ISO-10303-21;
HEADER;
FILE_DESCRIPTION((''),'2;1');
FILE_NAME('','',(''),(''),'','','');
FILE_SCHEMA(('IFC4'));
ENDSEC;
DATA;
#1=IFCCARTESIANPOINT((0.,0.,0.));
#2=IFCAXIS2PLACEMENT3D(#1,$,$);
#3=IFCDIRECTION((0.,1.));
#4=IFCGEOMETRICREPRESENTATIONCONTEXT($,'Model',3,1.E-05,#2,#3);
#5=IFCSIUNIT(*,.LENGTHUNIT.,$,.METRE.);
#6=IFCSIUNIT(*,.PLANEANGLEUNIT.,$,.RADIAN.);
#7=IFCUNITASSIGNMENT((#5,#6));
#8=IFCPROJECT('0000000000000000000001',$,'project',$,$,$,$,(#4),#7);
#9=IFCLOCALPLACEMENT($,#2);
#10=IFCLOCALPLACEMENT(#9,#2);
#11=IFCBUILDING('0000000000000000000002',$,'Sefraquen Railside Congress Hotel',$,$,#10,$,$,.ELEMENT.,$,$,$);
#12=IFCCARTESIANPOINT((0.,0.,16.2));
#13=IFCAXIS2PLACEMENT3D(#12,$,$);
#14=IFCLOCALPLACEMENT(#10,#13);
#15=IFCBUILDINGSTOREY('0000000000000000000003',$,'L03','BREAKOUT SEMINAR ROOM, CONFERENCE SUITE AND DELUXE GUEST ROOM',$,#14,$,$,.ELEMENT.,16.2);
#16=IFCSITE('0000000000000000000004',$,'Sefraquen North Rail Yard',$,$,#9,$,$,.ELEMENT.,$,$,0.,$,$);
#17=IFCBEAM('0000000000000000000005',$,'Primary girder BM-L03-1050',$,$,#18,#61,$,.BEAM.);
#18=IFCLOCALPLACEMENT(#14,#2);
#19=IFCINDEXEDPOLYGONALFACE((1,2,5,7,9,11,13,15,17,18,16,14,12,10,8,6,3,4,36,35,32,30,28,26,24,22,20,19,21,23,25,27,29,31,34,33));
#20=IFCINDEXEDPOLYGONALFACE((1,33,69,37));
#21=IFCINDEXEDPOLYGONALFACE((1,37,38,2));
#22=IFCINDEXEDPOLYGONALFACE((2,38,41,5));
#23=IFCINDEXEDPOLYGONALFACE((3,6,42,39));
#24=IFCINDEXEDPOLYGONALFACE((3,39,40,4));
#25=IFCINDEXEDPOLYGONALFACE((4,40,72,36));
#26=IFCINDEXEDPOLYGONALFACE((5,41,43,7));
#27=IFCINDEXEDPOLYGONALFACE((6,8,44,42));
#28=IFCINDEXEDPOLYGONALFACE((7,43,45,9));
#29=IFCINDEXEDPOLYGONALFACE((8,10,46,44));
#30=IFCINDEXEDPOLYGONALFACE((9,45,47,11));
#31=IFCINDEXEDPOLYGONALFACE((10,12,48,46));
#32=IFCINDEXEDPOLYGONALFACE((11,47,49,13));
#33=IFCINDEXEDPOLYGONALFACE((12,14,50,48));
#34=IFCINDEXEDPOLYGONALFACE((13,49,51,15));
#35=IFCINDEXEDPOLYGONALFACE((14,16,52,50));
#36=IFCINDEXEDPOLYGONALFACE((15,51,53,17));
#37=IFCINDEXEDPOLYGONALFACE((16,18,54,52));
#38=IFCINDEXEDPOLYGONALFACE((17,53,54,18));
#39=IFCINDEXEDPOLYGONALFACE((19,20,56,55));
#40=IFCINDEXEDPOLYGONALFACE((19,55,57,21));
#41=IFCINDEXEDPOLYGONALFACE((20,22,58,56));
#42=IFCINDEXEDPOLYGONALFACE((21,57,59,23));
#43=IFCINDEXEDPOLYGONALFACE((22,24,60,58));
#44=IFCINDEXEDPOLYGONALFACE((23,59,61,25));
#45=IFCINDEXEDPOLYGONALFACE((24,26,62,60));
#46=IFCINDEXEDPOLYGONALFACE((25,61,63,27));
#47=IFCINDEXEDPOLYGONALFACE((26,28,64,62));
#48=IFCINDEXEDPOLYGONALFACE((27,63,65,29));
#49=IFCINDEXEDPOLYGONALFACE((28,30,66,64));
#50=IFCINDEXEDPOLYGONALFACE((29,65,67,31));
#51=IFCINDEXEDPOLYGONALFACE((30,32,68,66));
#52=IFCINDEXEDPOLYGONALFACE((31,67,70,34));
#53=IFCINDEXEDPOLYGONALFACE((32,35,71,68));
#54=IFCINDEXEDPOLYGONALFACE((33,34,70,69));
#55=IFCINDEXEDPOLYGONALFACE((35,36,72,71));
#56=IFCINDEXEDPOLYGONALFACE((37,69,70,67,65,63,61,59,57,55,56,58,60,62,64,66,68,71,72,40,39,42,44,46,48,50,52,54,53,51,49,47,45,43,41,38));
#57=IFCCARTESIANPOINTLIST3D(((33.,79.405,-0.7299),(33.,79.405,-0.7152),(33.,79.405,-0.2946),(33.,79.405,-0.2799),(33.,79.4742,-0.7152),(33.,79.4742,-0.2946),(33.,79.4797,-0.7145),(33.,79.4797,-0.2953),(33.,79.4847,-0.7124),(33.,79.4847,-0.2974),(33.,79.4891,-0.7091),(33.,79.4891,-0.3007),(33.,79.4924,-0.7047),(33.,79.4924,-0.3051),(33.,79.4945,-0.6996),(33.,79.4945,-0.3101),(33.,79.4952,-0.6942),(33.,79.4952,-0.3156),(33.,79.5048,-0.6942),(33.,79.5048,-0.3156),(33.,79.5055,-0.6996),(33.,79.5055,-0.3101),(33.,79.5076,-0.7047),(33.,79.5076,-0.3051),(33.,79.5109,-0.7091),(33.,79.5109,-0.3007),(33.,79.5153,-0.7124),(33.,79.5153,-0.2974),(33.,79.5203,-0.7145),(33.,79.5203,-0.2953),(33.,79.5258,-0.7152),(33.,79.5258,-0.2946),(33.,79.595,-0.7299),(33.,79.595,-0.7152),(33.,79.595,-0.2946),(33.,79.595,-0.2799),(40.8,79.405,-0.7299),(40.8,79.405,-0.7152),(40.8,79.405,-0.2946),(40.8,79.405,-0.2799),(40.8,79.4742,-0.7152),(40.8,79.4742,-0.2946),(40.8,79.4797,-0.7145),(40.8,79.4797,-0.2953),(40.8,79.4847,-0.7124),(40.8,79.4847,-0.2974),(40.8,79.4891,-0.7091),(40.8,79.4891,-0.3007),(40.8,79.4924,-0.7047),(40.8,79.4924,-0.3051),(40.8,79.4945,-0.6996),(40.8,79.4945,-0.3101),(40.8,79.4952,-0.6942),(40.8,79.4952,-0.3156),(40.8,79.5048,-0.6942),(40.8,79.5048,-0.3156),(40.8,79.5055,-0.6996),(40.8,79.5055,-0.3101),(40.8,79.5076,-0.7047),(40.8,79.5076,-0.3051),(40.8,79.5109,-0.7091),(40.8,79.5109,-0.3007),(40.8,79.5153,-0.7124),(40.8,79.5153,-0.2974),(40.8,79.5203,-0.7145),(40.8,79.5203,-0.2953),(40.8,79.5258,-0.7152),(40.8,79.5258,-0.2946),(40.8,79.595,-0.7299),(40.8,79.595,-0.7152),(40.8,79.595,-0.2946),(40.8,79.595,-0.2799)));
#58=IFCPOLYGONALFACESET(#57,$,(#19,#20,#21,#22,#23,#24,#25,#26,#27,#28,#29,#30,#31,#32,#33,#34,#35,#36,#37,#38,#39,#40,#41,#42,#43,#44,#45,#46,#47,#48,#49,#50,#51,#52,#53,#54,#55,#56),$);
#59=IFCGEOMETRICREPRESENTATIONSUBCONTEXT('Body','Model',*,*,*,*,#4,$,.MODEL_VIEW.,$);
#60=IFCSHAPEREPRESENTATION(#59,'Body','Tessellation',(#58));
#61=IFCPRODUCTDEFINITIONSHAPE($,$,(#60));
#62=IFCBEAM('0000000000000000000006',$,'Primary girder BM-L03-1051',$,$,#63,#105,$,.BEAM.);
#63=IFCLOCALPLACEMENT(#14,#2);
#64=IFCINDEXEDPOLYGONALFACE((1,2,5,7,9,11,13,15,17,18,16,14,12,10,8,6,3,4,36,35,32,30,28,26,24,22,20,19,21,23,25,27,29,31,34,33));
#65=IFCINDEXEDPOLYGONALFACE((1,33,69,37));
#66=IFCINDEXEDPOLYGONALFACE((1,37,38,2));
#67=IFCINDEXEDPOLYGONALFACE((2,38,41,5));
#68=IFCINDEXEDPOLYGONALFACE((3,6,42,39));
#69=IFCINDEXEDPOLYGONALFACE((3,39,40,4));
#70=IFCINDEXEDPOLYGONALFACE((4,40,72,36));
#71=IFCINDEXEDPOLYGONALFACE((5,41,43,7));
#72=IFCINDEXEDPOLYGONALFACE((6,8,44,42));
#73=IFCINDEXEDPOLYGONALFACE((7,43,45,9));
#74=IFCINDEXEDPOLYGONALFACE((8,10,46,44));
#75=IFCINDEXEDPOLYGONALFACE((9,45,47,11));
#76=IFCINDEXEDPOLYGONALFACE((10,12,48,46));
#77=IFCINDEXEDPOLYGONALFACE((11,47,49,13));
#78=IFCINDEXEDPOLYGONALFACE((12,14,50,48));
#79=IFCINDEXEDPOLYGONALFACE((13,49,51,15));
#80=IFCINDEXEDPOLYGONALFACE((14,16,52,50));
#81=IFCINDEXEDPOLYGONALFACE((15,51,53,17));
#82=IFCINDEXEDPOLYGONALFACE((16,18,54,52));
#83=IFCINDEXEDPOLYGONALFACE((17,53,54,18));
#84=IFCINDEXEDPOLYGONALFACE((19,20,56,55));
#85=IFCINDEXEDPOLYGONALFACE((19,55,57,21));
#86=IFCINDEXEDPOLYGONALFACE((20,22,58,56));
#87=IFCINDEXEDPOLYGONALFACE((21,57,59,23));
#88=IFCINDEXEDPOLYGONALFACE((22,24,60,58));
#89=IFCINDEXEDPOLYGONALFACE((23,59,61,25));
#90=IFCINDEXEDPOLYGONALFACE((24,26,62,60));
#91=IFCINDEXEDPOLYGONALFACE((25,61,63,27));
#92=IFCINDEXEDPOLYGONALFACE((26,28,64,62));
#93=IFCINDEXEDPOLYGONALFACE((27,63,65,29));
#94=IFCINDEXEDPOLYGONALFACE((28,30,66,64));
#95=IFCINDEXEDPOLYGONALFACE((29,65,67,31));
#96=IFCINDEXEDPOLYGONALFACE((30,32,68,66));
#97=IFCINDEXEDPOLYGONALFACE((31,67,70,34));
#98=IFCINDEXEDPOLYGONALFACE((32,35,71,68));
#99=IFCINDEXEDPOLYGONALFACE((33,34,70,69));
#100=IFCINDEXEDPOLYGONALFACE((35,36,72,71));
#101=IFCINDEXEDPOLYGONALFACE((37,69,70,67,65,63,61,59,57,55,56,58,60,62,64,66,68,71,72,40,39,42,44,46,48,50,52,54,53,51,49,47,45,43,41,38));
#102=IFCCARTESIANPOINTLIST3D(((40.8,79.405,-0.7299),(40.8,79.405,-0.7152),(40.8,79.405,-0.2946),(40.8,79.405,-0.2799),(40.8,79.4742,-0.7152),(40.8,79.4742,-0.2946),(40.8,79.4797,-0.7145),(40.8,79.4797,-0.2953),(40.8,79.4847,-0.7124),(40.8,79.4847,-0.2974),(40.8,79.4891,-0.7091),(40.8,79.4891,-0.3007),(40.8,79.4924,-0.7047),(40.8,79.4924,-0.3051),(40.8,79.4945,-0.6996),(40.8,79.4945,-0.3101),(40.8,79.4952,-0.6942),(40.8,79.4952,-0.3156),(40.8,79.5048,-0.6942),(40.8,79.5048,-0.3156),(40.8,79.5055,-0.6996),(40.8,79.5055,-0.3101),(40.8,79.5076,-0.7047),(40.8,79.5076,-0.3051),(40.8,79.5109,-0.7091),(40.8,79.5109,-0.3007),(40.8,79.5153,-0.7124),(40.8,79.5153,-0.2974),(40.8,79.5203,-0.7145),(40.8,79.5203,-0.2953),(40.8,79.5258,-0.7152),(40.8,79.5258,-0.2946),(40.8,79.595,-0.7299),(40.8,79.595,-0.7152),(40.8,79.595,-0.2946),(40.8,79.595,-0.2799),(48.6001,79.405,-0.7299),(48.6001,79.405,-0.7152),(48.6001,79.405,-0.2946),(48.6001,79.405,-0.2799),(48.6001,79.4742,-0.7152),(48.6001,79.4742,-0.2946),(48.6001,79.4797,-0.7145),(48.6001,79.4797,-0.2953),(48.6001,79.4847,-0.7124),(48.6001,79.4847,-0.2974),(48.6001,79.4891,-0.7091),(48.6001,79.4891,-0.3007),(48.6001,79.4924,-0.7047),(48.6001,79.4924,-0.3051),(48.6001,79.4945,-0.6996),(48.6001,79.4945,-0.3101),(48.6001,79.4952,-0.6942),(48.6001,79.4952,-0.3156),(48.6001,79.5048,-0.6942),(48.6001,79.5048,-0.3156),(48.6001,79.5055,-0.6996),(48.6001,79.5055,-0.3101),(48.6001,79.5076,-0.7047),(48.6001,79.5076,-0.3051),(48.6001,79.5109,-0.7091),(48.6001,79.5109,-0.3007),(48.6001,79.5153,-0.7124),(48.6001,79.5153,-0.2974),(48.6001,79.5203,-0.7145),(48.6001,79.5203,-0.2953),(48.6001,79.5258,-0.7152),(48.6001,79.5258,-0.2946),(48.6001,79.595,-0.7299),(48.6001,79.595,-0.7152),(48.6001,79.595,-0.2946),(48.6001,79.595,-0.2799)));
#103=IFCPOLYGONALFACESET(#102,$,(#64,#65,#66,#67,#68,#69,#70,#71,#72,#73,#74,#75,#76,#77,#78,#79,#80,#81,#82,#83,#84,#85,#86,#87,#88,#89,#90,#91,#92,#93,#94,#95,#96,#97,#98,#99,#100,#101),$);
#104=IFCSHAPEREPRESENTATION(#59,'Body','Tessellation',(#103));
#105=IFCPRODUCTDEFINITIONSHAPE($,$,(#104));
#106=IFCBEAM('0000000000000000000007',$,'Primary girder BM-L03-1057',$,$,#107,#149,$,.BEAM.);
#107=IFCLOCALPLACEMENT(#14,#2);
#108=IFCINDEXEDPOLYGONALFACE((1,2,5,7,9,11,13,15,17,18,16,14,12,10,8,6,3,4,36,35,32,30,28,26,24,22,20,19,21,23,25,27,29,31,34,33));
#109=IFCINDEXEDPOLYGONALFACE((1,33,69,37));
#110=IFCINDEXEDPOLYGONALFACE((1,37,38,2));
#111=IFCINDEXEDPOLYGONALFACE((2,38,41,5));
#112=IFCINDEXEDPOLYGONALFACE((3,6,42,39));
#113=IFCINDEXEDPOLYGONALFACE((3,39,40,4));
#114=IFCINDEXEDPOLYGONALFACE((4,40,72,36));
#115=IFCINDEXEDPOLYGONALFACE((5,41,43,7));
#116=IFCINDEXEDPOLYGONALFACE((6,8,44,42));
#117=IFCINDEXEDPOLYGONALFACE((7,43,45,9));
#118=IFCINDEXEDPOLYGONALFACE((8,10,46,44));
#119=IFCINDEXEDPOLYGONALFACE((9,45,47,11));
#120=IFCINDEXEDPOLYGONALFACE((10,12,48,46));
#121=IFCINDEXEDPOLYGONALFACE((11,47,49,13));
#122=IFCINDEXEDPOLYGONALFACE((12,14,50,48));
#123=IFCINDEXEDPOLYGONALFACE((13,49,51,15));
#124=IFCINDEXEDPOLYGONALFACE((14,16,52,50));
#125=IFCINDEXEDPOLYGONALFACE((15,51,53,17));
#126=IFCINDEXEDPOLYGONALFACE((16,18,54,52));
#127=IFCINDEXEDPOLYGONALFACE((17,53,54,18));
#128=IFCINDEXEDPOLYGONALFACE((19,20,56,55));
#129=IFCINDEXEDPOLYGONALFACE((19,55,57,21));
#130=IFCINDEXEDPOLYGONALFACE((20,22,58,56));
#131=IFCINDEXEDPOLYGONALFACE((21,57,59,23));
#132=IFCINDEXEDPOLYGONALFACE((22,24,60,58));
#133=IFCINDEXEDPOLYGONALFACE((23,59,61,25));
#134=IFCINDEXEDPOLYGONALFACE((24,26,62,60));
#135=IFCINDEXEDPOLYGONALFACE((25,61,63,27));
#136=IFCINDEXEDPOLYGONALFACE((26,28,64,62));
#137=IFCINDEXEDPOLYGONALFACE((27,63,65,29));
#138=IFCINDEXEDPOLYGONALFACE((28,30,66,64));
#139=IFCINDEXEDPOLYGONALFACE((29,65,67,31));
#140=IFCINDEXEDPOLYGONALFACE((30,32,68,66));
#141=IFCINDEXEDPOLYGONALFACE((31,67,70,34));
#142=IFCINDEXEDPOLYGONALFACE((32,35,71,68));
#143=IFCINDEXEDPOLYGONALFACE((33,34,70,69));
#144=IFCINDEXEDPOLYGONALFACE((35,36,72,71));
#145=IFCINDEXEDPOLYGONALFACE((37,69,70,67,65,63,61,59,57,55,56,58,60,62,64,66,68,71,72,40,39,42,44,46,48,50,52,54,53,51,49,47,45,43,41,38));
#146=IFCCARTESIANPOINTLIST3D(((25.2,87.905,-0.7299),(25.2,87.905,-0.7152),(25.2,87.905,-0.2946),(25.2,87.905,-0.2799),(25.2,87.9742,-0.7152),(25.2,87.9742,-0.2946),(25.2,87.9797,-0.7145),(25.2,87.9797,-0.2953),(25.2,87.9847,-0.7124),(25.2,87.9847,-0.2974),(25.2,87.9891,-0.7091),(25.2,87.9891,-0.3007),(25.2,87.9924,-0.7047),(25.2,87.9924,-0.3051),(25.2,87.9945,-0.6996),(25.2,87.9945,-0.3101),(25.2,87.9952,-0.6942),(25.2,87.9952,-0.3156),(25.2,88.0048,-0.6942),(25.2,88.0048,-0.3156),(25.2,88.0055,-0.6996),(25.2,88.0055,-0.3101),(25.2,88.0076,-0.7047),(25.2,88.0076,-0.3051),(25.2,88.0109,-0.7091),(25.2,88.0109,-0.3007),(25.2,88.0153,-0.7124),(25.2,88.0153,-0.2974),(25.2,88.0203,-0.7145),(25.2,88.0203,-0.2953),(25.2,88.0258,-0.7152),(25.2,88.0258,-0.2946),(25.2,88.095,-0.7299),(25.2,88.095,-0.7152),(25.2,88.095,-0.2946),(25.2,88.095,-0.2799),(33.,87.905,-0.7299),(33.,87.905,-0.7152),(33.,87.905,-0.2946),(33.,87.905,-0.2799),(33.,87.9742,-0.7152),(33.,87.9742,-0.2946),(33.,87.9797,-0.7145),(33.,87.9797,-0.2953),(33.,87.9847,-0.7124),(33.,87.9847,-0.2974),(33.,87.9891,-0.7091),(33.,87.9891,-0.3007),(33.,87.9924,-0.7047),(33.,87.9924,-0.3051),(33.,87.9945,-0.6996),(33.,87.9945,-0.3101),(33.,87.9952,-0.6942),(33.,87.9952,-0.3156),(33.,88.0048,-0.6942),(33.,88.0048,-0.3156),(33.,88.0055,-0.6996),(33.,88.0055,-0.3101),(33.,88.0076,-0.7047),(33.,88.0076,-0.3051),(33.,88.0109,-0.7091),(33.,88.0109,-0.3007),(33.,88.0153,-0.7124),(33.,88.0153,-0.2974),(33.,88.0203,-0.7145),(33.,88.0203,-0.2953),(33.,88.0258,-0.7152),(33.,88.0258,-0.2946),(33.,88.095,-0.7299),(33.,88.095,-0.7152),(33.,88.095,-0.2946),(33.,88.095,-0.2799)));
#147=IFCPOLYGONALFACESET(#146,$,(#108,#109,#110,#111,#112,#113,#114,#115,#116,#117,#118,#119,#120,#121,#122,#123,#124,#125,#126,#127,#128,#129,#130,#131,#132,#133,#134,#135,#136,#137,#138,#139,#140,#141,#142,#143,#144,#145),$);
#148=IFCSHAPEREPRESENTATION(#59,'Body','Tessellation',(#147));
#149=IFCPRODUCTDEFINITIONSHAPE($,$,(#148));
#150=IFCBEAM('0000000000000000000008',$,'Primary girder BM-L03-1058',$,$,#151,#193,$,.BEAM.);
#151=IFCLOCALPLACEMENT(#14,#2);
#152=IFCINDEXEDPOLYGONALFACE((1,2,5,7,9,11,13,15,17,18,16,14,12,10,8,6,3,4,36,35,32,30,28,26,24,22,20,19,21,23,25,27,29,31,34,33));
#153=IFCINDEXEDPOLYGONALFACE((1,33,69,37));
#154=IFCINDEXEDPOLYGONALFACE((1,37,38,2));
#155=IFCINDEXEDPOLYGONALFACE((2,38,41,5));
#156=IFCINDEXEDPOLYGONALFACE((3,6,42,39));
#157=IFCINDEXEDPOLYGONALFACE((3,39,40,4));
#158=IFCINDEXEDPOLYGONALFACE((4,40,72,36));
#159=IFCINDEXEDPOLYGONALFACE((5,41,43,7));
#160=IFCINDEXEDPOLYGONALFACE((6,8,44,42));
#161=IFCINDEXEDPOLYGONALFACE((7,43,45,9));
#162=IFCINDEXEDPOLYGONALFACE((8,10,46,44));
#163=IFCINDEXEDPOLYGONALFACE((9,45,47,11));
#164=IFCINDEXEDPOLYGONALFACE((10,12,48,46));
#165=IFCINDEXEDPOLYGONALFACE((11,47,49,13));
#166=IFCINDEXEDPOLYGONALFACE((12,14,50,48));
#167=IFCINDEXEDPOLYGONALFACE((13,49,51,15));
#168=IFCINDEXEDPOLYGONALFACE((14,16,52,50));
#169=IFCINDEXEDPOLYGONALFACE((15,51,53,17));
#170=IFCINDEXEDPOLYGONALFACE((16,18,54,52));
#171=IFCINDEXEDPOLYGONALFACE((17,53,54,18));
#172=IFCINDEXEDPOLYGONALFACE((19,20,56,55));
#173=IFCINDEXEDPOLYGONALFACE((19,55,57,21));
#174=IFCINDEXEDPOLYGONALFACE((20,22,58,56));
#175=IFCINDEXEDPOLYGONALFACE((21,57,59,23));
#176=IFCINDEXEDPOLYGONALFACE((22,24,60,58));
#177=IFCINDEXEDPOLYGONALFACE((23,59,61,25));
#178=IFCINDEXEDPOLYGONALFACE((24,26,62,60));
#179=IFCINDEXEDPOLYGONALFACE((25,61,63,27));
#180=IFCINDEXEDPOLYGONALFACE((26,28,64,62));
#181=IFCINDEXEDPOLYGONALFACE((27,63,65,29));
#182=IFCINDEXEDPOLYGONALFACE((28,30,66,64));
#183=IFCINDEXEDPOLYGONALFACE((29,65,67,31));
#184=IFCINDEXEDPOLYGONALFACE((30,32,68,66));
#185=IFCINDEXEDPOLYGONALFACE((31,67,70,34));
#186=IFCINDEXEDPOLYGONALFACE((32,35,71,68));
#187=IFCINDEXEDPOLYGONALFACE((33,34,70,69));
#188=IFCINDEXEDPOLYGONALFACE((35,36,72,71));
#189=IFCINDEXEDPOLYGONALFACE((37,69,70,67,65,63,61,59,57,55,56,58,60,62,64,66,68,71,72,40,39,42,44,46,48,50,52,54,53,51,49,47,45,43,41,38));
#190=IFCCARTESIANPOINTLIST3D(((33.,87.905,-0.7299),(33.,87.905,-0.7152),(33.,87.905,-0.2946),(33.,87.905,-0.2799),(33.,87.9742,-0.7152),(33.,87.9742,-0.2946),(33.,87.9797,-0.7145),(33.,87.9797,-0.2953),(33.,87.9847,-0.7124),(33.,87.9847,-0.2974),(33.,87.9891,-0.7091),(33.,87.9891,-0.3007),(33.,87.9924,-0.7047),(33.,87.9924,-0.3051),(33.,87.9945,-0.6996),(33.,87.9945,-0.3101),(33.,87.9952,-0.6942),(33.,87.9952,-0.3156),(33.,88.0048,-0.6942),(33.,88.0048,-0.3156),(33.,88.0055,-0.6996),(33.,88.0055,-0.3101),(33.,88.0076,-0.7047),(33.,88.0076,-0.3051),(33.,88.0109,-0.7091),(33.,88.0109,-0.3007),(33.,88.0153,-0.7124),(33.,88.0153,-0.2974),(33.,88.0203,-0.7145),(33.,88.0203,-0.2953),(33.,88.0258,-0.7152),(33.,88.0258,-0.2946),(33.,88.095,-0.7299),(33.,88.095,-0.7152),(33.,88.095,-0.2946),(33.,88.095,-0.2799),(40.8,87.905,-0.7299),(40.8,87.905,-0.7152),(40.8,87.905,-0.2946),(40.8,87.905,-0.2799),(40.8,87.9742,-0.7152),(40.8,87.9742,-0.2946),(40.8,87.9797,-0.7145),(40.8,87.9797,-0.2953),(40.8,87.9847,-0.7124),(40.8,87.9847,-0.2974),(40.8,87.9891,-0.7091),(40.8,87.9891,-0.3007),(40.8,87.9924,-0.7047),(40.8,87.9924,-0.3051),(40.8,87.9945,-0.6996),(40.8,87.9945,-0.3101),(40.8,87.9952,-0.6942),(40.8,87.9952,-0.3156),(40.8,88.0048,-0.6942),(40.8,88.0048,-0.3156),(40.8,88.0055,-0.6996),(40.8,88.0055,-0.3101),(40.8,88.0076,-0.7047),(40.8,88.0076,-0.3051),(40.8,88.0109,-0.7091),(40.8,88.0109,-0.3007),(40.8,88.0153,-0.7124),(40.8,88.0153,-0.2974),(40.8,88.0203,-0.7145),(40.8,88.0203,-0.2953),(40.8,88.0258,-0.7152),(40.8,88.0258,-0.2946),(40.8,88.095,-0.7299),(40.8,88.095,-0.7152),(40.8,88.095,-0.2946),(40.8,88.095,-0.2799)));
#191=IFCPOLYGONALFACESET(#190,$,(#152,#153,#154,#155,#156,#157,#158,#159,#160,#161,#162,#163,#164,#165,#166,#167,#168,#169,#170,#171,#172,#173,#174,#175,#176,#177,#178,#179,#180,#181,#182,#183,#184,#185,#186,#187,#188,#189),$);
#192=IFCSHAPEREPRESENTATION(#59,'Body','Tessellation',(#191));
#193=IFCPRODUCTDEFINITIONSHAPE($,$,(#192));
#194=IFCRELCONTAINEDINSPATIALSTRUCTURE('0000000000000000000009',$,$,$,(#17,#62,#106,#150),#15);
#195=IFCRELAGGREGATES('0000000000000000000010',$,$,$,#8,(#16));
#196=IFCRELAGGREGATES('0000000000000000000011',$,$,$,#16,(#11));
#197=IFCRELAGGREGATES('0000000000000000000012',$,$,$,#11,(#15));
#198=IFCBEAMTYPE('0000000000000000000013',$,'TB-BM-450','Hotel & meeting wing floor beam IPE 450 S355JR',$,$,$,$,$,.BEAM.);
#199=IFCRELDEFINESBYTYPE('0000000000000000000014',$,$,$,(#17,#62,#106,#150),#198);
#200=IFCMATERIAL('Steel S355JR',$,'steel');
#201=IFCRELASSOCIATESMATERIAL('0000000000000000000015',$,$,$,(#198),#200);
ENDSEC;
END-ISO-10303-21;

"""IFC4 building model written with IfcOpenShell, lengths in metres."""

from ifc_helpers import new_model, si_unit, direction, frame, origin, origin_2d, place, context, subcontext, project, spatial, i_section, extrude, material, material_profile, profile_set, type_object, element, save


model = new_model("IFC4")

# Units and contexts
model_context = context("Model", 3, precision=1e-05, world=origin(), true_north=direction((0.0, 1.0)))
body_context = subcontext(model_context, "Body", "Model", "MODEL_VIEW")
ifc_project = project(units=[si_unit("LENGTHUNIT", "METRE"), si_unit("PLANEANGLEUNIT", "RADIAN")], contexts=[model_context])

# Site, building, storey
site_placement = place(None, origin())
site = spatial("IfcSite", under=ifc_project, at=site_placement, Name="Sefraquen North Rail Yard", CompositionType="ELEMENT", RefElevation=0.0)
building_placement = place(site_placement, origin())
building = spatial("IfcBuilding", under=site, at=building_placement, Name="Sefraquen Railside Congress Hotel", CompositionType="ELEMENT")
storey_placement = place(building_placement, frame((0.0, 0.0, 16.2)))
storey = spatial("IfcBuildingStorey", under=building, at=storey_placement, Name="L03", Description="BREAKOUT SEMINAR ROOM, CONFERENCE SUITE AND DELUXE GUEST ROOM", CompositionType="ELEMENT", Elevation=16.2)

# Shared definitions
ifc_material_1 = material(Name="Steel S355JR", Category="steel")

# Beams
ifc_material_profile_1 = material_profile(ifc_material_1, i_section(OverallWidth=0.1899, OverallDepth=0.45, WebThickness=0.0095, FlangeThickness=0.0146, FilletRadius=0.021, at=origin_2d()), Name="IPE 450")
ifc_profile_set_1 = profile_set([ifc_material_profile_1], Name="Steel S355JR")
beam_type_1 = type_object("IfcBeamType", Name="TB-BM-450", Description="Hotel & meeting wing floor beam IPE 450 S355JR", PredefinedType="BEAM", material=ifc_profile_set_1)
for number, where, z_axis, x_axis, name in (
    (1, (33.0, 79.5, -0.5049), (1.0, 0.0, 0.0), (0.0, 1.0, 0.0), "Primary girder BM-L03-1050"),
    (2, (40.8, 79.5, -0.5049), (1.0, 0.0, 0.0), (0.0, 1.0, 0.0), "Primary girder BM-L03-1051"),
    (3, (25.2, 88.0, -0.5049), (1.0, 0.0, 0.0), (0.0, 1.0, 0.0), "Primary girder BM-L03-1057"),
    (4, (33.0, 88.0, -0.5049), (1.0, 0.0, 0.0), (0.0, 1.0, 0.0), "Primary girder BM-L03-1058"),
):
    element("IfcBeam", number, at=place(storey_placement, frame(where, z_axis=z_axis, x_axis=x_axis)), inside=storey, type_object=beam_type_1, Name=name, PredefinedType="BEAM", context=body_context, shape_type="SweptSolid", body=[
        extrude(i_section(OverallWidth=0.1899, OverallDepth=0.45, WebThickness=0.0095, FlangeThickness=0.0146, FilletRadius=0.021, at=origin_2d()), origin(), (0.0, 0.0, 1.0), 7.8),
    ])

save(model, "model.ifc")
